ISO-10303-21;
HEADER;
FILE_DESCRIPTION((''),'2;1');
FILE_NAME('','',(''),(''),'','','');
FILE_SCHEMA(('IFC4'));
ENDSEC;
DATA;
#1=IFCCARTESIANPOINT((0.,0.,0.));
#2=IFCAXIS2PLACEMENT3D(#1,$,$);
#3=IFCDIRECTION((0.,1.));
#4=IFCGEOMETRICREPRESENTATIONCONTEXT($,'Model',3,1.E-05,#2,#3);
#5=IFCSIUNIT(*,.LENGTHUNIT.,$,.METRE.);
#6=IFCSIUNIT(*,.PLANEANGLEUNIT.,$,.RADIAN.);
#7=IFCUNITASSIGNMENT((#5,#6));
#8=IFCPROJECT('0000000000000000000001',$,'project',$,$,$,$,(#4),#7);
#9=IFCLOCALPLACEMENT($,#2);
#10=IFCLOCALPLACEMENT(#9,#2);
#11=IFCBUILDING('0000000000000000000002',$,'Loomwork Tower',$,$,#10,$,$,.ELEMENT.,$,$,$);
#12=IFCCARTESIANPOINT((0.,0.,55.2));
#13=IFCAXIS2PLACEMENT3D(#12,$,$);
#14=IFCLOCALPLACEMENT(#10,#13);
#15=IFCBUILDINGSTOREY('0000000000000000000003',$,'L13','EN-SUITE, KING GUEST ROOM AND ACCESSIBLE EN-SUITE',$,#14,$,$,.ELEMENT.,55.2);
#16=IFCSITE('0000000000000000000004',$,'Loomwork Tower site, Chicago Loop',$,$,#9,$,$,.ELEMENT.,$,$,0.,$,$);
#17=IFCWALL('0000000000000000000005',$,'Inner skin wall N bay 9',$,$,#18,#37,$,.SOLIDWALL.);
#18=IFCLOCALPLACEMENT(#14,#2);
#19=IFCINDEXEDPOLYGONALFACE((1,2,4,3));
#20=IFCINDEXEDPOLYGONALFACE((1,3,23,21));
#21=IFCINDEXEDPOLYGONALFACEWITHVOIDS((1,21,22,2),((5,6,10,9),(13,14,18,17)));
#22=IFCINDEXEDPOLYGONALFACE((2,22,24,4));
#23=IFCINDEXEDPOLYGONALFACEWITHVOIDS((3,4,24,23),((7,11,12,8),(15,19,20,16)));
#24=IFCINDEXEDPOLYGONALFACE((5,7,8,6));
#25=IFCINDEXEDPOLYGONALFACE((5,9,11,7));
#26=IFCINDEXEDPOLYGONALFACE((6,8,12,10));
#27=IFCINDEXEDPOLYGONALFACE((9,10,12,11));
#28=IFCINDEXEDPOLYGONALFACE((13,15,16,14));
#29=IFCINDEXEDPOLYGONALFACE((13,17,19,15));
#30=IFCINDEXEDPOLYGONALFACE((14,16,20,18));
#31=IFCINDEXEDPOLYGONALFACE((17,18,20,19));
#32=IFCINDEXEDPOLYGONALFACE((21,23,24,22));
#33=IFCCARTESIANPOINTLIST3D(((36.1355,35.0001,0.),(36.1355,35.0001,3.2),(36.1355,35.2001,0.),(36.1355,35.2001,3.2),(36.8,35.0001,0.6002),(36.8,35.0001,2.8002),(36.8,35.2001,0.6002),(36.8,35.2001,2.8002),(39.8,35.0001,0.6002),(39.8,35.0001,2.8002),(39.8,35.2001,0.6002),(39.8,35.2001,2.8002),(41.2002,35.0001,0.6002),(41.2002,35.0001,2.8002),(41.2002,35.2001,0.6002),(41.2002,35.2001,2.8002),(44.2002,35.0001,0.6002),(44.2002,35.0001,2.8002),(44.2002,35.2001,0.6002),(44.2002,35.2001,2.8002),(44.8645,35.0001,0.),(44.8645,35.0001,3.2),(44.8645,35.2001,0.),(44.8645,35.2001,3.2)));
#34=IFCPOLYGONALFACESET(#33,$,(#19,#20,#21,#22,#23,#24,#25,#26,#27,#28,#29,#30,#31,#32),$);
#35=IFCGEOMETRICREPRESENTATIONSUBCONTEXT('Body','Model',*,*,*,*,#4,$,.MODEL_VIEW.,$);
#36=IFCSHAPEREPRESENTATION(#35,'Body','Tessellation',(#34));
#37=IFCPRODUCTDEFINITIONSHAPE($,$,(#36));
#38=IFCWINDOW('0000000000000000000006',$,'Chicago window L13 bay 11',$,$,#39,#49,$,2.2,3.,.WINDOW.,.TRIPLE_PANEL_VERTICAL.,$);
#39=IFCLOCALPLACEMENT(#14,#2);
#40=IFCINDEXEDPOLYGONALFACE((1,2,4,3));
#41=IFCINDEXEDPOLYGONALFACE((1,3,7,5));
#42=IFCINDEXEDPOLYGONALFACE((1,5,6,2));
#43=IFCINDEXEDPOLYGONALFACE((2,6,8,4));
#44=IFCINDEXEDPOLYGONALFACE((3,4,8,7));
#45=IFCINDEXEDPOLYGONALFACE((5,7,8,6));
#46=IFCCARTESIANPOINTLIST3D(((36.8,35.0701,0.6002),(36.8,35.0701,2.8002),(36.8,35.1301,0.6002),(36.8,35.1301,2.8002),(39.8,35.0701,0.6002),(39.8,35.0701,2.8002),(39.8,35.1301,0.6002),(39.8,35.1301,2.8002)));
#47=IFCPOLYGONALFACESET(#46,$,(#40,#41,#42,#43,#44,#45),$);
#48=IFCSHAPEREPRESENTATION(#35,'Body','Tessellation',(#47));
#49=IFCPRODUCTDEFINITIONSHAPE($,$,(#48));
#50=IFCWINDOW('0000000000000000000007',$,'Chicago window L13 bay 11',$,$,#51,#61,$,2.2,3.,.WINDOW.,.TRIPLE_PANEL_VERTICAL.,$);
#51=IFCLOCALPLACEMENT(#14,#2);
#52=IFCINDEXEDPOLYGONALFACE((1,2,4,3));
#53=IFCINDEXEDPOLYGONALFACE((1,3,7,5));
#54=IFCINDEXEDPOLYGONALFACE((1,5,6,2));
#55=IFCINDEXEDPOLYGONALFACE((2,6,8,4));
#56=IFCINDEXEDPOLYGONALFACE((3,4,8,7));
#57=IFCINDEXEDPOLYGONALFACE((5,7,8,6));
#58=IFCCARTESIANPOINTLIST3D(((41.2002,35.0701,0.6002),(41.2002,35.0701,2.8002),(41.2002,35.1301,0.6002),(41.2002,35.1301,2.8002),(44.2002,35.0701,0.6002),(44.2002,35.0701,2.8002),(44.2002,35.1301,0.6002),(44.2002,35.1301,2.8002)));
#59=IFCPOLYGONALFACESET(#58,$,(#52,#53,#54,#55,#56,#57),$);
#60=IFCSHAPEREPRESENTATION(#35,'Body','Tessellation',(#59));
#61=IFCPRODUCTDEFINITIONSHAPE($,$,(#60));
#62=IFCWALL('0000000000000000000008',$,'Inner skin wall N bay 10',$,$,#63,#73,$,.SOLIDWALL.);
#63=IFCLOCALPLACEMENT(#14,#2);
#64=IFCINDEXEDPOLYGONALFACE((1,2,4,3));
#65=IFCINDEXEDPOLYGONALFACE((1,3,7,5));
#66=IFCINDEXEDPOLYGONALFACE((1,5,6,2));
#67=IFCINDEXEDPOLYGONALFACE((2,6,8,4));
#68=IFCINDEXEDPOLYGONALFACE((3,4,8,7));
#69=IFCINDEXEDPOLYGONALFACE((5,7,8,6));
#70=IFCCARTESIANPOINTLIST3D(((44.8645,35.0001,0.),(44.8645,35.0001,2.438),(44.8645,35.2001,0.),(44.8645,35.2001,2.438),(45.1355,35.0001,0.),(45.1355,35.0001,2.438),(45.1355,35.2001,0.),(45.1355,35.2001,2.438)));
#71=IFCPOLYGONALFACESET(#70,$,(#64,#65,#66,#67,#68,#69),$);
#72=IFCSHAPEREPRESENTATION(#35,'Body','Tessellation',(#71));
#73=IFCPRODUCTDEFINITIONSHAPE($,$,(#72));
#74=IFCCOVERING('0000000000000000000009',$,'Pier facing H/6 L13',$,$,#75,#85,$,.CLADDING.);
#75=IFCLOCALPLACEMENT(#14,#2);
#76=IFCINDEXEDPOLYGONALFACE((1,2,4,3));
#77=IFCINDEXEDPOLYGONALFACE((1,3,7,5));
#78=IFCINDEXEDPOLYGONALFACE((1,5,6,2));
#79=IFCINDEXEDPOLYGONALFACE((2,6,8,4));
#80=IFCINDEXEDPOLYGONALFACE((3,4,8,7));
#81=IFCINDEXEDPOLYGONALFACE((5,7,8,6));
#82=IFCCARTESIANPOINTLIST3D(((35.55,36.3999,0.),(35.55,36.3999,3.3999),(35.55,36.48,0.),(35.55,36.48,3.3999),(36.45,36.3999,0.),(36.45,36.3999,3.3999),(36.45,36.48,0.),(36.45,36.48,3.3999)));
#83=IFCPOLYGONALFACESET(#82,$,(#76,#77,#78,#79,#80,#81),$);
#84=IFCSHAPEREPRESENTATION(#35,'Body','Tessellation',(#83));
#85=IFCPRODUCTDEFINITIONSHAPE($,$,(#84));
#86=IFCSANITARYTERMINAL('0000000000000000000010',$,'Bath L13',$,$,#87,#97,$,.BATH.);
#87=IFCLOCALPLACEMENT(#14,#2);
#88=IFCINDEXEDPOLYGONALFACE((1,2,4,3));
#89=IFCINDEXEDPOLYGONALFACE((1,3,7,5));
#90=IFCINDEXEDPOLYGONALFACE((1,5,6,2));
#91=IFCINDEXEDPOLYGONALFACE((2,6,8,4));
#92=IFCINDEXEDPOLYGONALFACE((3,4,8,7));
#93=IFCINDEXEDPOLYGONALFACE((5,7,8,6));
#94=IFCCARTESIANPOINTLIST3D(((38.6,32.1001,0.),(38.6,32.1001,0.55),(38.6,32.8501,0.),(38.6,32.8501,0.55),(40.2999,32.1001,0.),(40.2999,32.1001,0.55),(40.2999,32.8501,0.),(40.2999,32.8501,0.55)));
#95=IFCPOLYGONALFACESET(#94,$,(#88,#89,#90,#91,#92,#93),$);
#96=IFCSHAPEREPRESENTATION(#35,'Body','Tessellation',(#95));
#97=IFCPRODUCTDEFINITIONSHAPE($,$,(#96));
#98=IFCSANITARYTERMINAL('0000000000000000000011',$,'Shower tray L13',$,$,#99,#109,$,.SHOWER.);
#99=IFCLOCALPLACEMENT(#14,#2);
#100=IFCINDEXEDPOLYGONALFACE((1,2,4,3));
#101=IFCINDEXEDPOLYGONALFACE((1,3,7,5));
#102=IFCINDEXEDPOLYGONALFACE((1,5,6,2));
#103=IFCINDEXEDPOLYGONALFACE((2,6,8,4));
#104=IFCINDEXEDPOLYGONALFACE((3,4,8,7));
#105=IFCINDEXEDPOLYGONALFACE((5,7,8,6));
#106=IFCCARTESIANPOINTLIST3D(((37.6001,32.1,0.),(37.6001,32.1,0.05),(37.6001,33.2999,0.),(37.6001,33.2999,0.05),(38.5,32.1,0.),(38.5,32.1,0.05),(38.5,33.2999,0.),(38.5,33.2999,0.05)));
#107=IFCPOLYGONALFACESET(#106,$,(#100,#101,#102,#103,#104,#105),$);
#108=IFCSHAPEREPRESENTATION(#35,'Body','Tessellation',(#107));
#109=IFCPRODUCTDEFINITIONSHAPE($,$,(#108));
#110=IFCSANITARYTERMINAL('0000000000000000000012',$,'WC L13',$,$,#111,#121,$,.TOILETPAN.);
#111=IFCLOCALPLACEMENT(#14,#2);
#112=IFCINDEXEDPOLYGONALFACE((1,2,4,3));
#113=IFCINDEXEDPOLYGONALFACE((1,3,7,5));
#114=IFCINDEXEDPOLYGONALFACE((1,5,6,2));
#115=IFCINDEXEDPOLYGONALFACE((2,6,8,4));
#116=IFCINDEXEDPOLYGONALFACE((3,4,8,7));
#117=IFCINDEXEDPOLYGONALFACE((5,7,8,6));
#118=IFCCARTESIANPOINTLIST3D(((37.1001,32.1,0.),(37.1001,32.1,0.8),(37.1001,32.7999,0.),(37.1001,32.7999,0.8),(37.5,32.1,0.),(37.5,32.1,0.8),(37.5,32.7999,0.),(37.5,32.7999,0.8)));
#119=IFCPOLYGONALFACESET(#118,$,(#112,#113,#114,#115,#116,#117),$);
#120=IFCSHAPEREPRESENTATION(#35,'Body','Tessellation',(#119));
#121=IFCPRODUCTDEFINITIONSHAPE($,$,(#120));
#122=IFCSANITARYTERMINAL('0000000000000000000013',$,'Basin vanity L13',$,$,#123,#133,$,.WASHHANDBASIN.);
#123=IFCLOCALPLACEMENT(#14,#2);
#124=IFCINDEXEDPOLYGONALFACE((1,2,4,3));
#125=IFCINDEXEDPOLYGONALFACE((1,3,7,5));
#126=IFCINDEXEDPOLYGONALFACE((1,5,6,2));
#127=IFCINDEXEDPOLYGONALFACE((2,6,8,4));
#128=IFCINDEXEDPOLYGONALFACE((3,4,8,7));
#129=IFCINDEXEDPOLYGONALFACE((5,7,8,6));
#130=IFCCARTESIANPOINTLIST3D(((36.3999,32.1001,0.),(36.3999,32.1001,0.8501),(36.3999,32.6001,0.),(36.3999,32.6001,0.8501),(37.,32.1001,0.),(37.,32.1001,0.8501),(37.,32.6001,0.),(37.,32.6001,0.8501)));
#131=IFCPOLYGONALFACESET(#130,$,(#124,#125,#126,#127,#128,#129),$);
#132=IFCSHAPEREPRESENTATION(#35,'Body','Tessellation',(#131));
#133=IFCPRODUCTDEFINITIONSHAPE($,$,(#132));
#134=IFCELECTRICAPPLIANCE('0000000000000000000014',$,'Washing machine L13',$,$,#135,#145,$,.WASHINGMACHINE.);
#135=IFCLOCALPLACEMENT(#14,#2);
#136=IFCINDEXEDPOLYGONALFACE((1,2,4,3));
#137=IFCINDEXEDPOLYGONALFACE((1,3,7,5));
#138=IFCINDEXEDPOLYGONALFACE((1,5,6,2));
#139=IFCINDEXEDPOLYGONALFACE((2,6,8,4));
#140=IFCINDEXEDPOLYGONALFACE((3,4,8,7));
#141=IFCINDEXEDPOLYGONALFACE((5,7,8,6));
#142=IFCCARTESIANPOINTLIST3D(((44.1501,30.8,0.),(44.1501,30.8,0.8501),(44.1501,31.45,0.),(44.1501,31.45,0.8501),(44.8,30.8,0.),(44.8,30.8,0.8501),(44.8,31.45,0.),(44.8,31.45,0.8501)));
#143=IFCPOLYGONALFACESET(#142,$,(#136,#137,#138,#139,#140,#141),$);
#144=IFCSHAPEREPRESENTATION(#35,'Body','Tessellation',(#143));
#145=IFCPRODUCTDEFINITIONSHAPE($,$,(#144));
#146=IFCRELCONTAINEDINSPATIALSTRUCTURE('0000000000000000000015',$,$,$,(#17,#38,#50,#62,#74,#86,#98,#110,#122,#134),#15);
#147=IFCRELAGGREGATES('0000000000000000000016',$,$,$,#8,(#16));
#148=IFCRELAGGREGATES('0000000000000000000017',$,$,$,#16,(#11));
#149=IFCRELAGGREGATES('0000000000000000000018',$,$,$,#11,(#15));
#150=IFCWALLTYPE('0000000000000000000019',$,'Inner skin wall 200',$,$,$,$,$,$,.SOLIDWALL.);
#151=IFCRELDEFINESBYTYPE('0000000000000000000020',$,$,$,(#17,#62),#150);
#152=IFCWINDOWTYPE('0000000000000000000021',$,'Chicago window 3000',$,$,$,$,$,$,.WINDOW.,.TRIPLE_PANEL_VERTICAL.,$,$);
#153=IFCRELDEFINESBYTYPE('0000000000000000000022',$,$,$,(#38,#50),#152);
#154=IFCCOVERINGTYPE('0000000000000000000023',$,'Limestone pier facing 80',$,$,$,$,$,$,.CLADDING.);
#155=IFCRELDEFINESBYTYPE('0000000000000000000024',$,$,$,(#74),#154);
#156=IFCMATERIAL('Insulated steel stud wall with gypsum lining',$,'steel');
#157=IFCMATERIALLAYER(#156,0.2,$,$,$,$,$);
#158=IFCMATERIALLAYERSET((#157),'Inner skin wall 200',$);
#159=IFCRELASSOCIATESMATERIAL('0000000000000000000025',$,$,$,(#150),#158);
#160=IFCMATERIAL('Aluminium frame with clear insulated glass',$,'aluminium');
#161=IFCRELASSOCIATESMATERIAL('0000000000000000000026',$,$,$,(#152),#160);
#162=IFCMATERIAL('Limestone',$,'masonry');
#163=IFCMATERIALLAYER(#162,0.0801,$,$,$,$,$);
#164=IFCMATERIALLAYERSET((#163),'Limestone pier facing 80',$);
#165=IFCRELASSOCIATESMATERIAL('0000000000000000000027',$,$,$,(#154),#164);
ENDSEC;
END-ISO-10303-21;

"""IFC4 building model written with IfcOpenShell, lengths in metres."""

from ifc_helpers import new_model, si_unit, direction, frame, frame_2d, origin, origin_2d, place, context, subcontext, project, spatial, rectangle, extrude, material, layer, layer_set, type_object, element, fill, save


model = new_model("IFC4")

# Units and contexts
model_context = context("Model", 3, precision=1e-05, world=origin(), true_north=direction((0.0, 1.0)))
body_context = subcontext(model_context, "Body", "Model", "MODEL_VIEW")
ifc_project = project(units=[si_unit("LENGTHUNIT", "METRE"), si_unit("PLANEANGLEUNIT", "RADIAN")], contexts=[model_context])

# Site, building, storey
site_placement = place(None, origin())
site = spatial("IfcSite", under=ifc_project, at=site_placement, Name="Loomwork Tower site, Chicago Loop", CompositionType="ELEMENT", RefElevation=0.0)
building_placement = place(site_placement, origin())
building = spatial("IfcBuilding", under=site, at=building_placement, Name="Loomwork Tower", CompositionType="ELEMENT")
storey_placement = place(building_placement, frame((0.0, 0.0, 55.2)))
storey = spatial("IfcBuildingStorey", under=building, at=storey_placement, Name="L13", Description="EN-SUITE, KING GUEST ROOM AND ACCESSIBLE EN-SUITE", CompositionType="ELEMENT", Elevation=55.2)

# Wall, openings, windows
ifc_material_1 = material(Name="Insulated steel stud wall with gypsum lining", Category="steel")
ifc_layer_1 = layer(ifc_material_1, 0.2)
ifc_layer_set_1 = layer_set([ifc_layer_1], Name="Inner skin wall 200")
wall_type_1 = type_object("IfcWallType", Name="Inner skin wall 200", PredefinedType="SOLIDWALL", material=ifc_layer_set_1)
wall_1_placement = place(storey_placement, frame((36.1355, 35.1001, 0.0), z_axis=(0.0, 0.0, 1.0), x_axis=(1.0, 0.0, 0.0)))
wall_1 = element("IfcWall", 1, at=wall_1_placement, inside=storey, type_object=wall_type_1, Name="Inner skin wall N bay 9", PredefinedType="SOLIDWALL", context=body_context, shape_type="SweptSolid", body=[
    extrude(rectangle(XDim=8.729, YDim=0.2, at=frame_2d((4.3645, 0.0))), origin(), (0.0, 0.0, 1.0), 3.2),
])
opening_1_placement = place(wall_1_placement, frame((0.6646, 0.0, 0.6001)))
opening_1 = element("IfcOpeningElement", 2, at=opening_1_placement, cuts=wall_1, PredefinedType="OPENING", context=body_context, shape_type="SweptSolid", body=[
    extrude(rectangle(XDim=3.0, YDim=2.2, at=frame_2d((1.5, 1.1001))), frame((0.0, 0.1099, 0.0), z_axis=(0.0, -1.0, 0.0), x_axis=(1.0, 0.0, 0.0)), (0.0, 0.0, 1.0), 0.22),
])
opening_2_placement = place(wall_1_placement, frame((5.0647, 0.0, 0.6001)))
opening_2 = element("IfcOpeningElement", 3, at=opening_2_placement, cuts=wall_1, PredefinedType="OPENING", context=body_context, shape_type="SweptSolid", body=[
    extrude(rectangle(XDim=3.0, YDim=2.2, at=frame_2d((1.5, 1.1001))), frame((0.0, 0.1099, 0.0), z_axis=(0.0, -1.0, 0.0), x_axis=(1.0, 0.0, 0.0)), (0.0, 0.0, 1.0), 0.22),
])
ifc_material_2 = material(Name="Aluminium frame with clear insulated glass", Category="aluminium")
window_type = type_object("IfcWindowType", Name="Chicago window 3000", PartitioningType="TRIPLE_PANEL_VERTICAL", PredefinedType="WINDOW", material=ifc_material_2)
window_1_placement = place(opening_1_placement, origin())
window_1 = element("IfcWindow", 4, at=window_1_placement, inside=storey, type_object=window_type, Name="Chicago window L13 bay 11", OverallHeight=2.2, OverallWidth=3.0, PartitioningType="TRIPLE_PANEL_VERTICAL", PredefinedType="WINDOW", context=body_context, shape_type="SweptSolid", body=[
    extrude(rectangle(XDim=3.0, YDim=2.2, at=frame_2d((1.5, 1.1001))), frame((0.0, 0.03, 0.0), z_axis=(0.0, -1.0, 0.0), x_axis=(1.0, 0.0, 0.0)), (0.0, 0.0, 1.0), 0.0601),
])
fill(opening_1, window_1)
window_2_placement = place(opening_2_placement, origin())
window_2 = element("IfcWindow", 5, at=window_2_placement, inside=storey, type_object=window_type, Name="Chicago window L13 bay 11", OverallHeight=2.2, OverallWidth=3.0, PartitioningType="TRIPLE_PANEL_VERTICAL", PredefinedType="WINDOW", context=body_context, shape_type="SweptSolid", body=[
    extrude(rectangle(XDim=3.0, YDim=2.2, at=frame_2d((1.5, 1.1001))), frame((0.0, 0.03, 0.0), z_axis=(0.0, -1.0, 0.0), x_axis=(1.0, 0.0, 0.0)), (0.0, 0.0, 1.0), 0.0601),
])
fill(opening_2, window_2)

# Wall
wall_2_placement = place(storey_placement, frame((44.8645, 35.1001, 0.0), z_axis=(0.0, 0.0, 1.0), x_axis=(1.0, 0.0, 0.0)))
element("IfcWall", 6, at=wall_2_placement, inside=storey, type_object=wall_type_1, Name="Inner skin wall N bay 10", PredefinedType="SOLIDWALL", context=body_context, shape_type="SweptSolid", body=[
    extrude(rectangle(XDim=0.271, YDim=0.2, at=frame_2d((0.1355, 0.0))), origin(), (0.0, 0.0, 1.0), 2.438),
])

# Covering
ifc_material_3 = material(Name="Limestone", Category="masonry")
ifc_layer_2 = layer(ifc_material_3, 0.0801)
ifc_layer_set_2 = layer_set([ifc_layer_2], Name="Limestone pier facing 80")
covering_type = type_object("IfcCoveringType", Name="Limestone pier facing 80", PredefinedType="CLADDING", material=ifc_layer_set_2)
covering_placement = place(storey_placement, frame((36.0, 36.4399, 0.0), z_axis=(0.0, 0.0, 1.0), x_axis=(1.0, 0.0, 0.0)))
element("IfcCovering", 7, at=covering_placement, inside=storey, type_object=covering_type, Name="Pier facing H/6 L13", PredefinedType="CLADDING", context=body_context, shape_type="SweptSolid", body=[
    extrude(rectangle(XDim=0.8999, YDim=0.0801, at=origin_2d()), origin(), (0.0, 0.0, 1.0), 3.3999),
])

# Sanitary terminals
sanitary_terminal_1_placement = place(storey_placement, frame((39.45, 32.4751, 0.0), z_axis=(0.0, 0.0, 1.0), x_axis=(1.0, 0.0, 0.0)))
element("IfcSanitaryTerminal", 8, at=sanitary_terminal_1_placement, inside=storey, Name="Bath L13", PredefinedType="BATH", context=body_context, shape_type="SweptSolid", body=[
    extrude(rectangle(XDim=1.7, YDim=0.75, at=origin_2d()), origin(), (0.0, 0.0, 1.0), 0.55),
])
sanitary_terminal_2_placement = place(storey_placement, frame((38.05, 32.7, 0.0), z_axis=(0.0, 0.0, 1.0), x_axis=(1.0, 0.0, 0.0)))
element("IfcSanitaryTerminal", 9, at=sanitary_terminal_2_placement, inside=storey, Name="Shower tray L13", PredefinedType="SHOWER", context=body_context, shape_type="SweptSolid", body=[
    extrude(rectangle(XDim=0.8999, YDim=1.2, at=origin_2d()), origin(), (0.0, 0.0, 1.0), 0.05),
])
sanitary_terminal_3_placement = place(storey_placement, frame((37.3, 32.45, 0.0), z_axis=(0.0, 0.0, 1.0), x_axis=(1.0, 0.0, 0.0)))
element("IfcSanitaryTerminal", 10, at=sanitary_terminal_3_placement, inside=storey, Name="WC L13", PredefinedType="TOILETPAN", context=body_context, shape_type="SweptSolid", body=[
    extrude(rectangle(XDim=0.3999, YDim=0.7, at=origin_2d()), origin(), (0.0, 0.0, 1.0), 0.8),
])
sanitary_terminal_4_placement = place(storey_placement, frame((36.7, 32.3501, 0.0), z_axis=(0.0, 0.0, 1.0), x_axis=(1.0, 0.0, 0.0)))
element("IfcSanitaryTerminal", 11, at=sanitary_terminal_4_placement, inside=storey, Name="Basin vanity L13", PredefinedType="WASHHANDBASIN", context=body_context, shape_type="SweptSolid", body=[
    extrude(rectangle(XDim=0.6001, YDim=0.5, at=origin_2d()), origin(), (0.0, 0.0, 1.0), 0.8501),
])

# Electric appliance
electric_appliance_placement = place(storey_placement, frame((44.4751, 31.125, 0.0), z_axis=(0.0, 0.0, 1.0), x_axis=(1.0, 0.0, 0.0)))
element("IfcElectricAppliance", 12, at=electric_appliance_placement, inside=storey, Name="Washing machine L13", PredefinedType="WASHINGMACHINE", context=body_context, shape_type="SweptSolid", body=[
    extrude(rectangle(XDim=0.6499, YDim=0.6499, at=origin_2d()), origin(), (0.0, 0.0, 1.0), 0.8501),
])

save(model, "model.ifc")
